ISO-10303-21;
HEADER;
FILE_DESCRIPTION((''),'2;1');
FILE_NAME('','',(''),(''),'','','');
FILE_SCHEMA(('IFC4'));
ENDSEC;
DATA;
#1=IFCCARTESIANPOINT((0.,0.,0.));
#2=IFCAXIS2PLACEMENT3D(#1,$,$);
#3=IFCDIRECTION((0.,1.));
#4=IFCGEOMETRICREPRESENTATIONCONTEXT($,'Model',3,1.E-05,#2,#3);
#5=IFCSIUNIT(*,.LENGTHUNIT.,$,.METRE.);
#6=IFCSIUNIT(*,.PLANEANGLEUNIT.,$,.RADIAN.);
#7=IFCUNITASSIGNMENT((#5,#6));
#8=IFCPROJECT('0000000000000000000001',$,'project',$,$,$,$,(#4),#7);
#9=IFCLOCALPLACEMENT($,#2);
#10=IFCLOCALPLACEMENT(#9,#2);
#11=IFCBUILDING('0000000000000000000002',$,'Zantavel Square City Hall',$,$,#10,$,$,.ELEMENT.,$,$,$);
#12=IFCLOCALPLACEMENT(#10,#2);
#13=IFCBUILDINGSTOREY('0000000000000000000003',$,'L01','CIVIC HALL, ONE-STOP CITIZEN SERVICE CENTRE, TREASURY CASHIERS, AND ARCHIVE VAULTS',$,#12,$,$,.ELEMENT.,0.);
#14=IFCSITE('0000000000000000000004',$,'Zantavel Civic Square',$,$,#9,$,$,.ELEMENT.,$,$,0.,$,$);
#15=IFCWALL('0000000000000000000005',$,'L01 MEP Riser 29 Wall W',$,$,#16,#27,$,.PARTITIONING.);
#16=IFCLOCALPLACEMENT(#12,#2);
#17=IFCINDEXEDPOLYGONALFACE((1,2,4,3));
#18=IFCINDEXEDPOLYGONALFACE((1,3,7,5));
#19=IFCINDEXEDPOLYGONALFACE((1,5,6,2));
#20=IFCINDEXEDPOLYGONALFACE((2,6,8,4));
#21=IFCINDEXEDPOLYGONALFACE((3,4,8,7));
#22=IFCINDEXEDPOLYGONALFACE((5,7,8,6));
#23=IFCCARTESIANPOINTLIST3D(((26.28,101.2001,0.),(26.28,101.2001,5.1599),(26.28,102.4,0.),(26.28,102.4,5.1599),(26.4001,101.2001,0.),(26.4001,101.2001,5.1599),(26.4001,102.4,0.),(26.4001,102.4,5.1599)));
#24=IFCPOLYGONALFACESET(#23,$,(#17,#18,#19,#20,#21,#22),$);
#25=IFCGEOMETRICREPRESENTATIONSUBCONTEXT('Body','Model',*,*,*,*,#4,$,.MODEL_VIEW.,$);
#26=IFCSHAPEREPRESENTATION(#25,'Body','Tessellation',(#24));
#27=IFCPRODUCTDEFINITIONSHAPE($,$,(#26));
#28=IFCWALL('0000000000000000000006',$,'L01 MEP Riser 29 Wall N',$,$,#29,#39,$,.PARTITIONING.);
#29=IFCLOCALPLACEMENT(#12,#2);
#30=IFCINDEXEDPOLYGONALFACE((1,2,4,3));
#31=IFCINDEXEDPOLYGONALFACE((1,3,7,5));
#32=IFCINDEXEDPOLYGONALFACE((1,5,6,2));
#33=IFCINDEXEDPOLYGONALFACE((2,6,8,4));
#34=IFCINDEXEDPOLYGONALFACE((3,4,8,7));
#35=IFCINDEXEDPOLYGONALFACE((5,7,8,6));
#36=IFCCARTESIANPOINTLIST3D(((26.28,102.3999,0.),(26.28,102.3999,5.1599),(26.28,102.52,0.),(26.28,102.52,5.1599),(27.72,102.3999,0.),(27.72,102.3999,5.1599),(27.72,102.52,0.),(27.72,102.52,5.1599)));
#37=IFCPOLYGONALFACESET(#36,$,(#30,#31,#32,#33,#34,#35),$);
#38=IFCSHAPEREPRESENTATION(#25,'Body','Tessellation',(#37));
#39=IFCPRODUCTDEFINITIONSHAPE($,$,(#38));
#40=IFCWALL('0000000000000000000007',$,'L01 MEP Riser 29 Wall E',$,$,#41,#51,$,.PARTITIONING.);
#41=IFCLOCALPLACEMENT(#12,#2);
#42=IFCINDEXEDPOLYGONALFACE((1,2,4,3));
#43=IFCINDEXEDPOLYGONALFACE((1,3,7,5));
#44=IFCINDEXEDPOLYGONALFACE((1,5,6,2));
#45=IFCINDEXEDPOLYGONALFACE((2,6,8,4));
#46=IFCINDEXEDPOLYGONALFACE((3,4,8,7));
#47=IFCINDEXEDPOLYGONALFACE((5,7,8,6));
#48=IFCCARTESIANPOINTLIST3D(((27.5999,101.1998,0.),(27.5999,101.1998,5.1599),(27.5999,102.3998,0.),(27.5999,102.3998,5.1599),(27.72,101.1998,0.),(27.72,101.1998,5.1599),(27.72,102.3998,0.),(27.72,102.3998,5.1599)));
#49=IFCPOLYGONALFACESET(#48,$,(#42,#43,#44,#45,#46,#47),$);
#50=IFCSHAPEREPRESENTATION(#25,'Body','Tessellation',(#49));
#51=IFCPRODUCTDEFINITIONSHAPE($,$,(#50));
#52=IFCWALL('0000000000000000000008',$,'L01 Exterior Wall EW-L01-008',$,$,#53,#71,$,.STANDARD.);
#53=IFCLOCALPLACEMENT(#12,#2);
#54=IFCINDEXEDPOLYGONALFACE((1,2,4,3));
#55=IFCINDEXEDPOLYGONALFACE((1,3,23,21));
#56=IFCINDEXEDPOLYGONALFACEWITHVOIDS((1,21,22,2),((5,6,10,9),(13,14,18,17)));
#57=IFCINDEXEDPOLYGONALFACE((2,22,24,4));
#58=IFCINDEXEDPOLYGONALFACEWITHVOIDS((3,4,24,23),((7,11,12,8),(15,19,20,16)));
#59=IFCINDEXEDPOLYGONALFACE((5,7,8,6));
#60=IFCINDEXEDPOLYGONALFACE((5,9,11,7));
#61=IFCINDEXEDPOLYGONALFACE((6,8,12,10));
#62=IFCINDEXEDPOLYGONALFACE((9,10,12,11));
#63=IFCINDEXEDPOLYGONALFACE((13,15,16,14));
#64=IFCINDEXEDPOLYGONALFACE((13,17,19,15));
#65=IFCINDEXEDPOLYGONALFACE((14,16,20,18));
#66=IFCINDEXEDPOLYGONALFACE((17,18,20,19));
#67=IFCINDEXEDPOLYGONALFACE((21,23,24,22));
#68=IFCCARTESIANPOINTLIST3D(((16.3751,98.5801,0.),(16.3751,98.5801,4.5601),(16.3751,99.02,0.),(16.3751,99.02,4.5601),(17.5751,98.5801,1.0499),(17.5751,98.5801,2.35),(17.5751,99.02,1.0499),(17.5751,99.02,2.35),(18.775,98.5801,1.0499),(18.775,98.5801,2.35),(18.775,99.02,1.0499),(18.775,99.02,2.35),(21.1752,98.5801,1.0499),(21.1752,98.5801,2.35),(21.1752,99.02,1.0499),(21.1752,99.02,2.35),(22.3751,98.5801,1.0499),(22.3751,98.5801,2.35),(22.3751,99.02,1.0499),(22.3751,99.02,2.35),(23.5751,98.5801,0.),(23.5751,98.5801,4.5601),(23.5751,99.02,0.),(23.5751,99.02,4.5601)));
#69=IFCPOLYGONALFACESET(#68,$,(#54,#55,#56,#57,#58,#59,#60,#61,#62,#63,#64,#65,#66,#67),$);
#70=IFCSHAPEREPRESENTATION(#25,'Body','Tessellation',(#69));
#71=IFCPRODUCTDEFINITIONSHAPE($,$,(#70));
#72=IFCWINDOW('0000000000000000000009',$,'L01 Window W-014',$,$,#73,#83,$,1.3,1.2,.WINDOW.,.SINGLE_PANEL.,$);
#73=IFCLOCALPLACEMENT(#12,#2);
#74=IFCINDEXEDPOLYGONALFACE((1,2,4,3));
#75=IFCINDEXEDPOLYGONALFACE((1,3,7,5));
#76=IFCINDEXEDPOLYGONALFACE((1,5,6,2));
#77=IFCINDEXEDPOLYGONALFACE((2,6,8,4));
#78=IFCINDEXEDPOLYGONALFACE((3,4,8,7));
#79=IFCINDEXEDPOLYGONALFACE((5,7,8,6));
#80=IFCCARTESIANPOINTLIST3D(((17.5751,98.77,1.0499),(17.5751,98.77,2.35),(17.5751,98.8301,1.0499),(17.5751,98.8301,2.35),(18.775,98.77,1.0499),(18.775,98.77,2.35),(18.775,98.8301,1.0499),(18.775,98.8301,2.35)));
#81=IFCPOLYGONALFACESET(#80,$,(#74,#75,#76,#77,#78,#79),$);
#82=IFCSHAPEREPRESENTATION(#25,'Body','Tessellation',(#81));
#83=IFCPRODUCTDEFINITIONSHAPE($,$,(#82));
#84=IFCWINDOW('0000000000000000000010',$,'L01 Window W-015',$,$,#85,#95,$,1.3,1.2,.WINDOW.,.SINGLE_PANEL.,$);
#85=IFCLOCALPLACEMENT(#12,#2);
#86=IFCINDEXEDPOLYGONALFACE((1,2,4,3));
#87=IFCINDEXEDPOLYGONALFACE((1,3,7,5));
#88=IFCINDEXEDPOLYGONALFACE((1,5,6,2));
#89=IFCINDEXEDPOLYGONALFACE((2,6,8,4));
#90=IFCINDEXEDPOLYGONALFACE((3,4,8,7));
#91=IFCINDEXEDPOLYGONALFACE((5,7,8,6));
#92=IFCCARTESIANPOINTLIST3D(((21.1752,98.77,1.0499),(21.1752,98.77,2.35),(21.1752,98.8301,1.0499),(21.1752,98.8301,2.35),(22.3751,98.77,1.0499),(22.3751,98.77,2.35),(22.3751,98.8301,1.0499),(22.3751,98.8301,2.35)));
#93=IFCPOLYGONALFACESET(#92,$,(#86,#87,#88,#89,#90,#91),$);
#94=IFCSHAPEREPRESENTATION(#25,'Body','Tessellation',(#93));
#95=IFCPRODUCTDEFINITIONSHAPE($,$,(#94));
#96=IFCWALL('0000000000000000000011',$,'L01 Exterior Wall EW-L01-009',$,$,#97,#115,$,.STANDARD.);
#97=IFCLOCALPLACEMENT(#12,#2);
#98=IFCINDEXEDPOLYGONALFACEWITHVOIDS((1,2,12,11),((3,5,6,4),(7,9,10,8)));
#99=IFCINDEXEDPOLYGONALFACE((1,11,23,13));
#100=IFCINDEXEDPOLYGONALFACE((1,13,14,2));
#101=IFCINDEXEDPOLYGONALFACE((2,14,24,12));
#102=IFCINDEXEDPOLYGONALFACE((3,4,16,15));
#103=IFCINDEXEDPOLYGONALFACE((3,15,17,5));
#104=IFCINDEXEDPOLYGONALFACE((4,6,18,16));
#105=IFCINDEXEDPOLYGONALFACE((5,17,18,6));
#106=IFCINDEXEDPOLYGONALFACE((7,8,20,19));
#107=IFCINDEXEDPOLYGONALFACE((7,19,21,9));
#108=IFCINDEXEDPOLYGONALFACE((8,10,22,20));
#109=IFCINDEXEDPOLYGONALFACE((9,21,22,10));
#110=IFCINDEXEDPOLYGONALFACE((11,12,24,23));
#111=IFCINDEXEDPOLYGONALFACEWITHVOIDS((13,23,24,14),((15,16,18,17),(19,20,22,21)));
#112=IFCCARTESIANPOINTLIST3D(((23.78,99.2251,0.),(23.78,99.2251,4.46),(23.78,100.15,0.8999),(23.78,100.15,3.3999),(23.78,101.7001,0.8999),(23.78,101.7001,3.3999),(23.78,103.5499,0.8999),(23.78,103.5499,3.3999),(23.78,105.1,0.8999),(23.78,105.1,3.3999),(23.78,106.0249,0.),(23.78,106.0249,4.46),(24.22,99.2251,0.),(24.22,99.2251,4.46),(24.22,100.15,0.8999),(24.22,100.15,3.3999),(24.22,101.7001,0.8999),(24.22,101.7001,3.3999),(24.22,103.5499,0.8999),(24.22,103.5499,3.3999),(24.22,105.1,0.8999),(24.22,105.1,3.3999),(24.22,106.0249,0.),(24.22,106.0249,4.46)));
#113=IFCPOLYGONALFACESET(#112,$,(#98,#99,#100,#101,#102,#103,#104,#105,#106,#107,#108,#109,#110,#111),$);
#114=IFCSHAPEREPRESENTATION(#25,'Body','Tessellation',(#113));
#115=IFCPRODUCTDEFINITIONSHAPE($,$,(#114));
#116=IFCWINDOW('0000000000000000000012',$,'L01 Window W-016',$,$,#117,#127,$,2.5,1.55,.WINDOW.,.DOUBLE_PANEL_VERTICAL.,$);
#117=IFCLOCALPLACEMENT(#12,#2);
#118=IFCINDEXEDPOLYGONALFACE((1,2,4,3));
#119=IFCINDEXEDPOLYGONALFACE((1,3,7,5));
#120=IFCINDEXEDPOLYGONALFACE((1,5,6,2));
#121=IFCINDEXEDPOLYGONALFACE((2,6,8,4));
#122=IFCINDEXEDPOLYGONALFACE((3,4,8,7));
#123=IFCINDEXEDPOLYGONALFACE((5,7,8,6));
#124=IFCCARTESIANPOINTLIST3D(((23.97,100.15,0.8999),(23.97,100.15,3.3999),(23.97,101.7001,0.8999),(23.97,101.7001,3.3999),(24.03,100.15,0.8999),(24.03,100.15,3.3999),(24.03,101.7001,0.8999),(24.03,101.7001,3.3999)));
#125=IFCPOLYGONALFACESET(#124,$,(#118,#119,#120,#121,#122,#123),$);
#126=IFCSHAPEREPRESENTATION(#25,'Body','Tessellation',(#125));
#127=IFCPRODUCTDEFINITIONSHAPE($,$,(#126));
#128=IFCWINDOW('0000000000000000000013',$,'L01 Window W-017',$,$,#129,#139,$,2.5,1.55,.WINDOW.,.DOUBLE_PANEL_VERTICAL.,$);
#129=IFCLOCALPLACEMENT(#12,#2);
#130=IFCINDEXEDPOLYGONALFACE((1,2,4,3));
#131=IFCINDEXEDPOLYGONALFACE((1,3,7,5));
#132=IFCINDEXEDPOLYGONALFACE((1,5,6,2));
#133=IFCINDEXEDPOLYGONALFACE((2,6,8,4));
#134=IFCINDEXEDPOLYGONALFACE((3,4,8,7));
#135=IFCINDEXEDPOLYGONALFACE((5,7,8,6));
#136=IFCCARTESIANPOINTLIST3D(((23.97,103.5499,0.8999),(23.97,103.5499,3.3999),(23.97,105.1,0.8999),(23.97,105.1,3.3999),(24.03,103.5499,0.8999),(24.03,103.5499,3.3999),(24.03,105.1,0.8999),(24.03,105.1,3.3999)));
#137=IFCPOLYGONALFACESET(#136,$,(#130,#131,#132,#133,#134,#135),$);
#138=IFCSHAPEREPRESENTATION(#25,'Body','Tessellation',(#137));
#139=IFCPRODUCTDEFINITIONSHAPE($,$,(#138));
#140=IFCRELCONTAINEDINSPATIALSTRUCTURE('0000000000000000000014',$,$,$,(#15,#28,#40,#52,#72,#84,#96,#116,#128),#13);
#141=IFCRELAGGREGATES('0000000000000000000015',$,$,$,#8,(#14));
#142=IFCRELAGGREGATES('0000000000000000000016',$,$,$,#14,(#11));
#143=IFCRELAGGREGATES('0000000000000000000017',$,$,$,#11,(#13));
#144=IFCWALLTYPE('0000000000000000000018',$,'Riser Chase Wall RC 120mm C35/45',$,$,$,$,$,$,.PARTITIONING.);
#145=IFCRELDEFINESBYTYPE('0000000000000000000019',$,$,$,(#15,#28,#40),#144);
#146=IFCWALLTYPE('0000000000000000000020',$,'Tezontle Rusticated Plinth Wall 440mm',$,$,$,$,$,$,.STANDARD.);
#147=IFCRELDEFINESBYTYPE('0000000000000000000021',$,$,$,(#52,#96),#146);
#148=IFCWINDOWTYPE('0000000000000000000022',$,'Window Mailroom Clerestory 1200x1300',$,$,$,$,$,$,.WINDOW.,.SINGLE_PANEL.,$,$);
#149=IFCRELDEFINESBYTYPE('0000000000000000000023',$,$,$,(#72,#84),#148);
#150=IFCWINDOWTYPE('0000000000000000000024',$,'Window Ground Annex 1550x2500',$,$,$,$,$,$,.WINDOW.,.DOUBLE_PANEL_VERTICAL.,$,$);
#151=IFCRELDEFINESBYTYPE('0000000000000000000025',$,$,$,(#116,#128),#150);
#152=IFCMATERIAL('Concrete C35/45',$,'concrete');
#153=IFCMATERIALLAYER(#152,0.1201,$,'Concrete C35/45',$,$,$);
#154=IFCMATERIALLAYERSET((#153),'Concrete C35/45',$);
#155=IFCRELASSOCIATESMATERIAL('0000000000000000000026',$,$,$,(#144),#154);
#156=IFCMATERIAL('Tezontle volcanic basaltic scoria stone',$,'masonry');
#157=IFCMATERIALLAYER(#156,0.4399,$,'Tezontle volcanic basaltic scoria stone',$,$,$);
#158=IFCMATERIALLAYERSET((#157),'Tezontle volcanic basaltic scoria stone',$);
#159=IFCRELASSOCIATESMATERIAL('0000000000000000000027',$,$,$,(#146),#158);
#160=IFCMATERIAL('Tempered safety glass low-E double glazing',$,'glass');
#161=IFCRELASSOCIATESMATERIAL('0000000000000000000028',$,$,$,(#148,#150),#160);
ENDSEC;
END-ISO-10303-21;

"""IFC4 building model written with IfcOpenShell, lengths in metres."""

from ifc_helpers import new_model, si_unit, direction, frame, frame_2d, origin, place, context, subcontext, project, spatial, rectangle, extrude, material, layer, layer_set, type_object, element, fill, save


model = new_model("IFC4")

# Units and contexts
model_context = context("Model", 3, precision=1e-05, world=origin(), true_north=direction((0.0, 1.0)))
body_context = subcontext(model_context, "Body", "Model", "MODEL_VIEW")
ifc_project = project(units=[si_unit("LENGTHUNIT", "METRE"), si_unit("PLANEANGLEUNIT", "RADIAN")], contexts=[model_context])

# Site, building, storey
site_placement = place(None, origin())
site = spatial("IfcSite", under=ifc_project, at=site_placement, Name="Zantavel Civic Square", CompositionType="ELEMENT", RefElevation=0.0)
building_placement = place(site_placement, origin())
building = spatial("IfcBuilding", under=site, at=building_placement, Name="Zantavel Square City Hall", CompositionType="ELEMENT")
storey_placement = place(building_placement, origin())
storey = spatial("IfcBuildingStorey", under=building, at=storey_placement, Name="L01", Description="CIVIC HALL, ONE-STOP CITIZEN SERVICE CENTRE, TREASURY CASHIERS, AND ARCHIVE VAULTS", CompositionType="ELEMENT", Elevation=0.0)

# Shared definitions
ifc_material_1 = material(Name="Concrete C35/45", Category="concrete")

# Walls
ifc_layer_1 = layer(ifc_material_1, 0.1201, Name="Concrete C35/45")
ifc_layer_set_1 = layer_set([ifc_layer_1], Name="Concrete C35/45")
wall_type_1 = type_object("IfcWallType", Name="Riser Chase Wall RC 120mm C35/45", PredefinedType="PARTITIONING", material=ifc_layer_set_1)
wall_1_placement = place(storey_placement, frame((26.3401, 101.2, 0.0), z_axis=(0.0, 0.0, 1.0), x_axis=(0.0, 1.0, 0.0)))
element("IfcWall", 1, at=wall_1_placement, inside=storey, type_object=wall_type_1, Name="L01 MEP Riser 29 Wall W", PredefinedType="PARTITIONING", context=body_context, shape_type="SweptSolid", body=[
    extrude(rectangle(XDim=1.2, YDim=0.1201, at=frame_2d((0.6001, 0.0))), origin(), (0.0, 0.0, 1.0), 5.1599),
])
wall_2_placement = place(storey_placement, frame((26.28, 102.46, 0.0), z_axis=(0.0, 0.0, 1.0), x_axis=(1.0, 0.0, 0.0)))
element("IfcWall", 2, at=wall_2_placement, inside=storey, type_object=wall_type_1, Name="L01 MEP Riser 29 Wall N", PredefinedType="PARTITIONING", context=body_context, shape_type="SweptSolid", body=[
    extrude(rectangle(XDim=1.4399, YDim=0.1201, at=frame_2d((0.72, 0.0))), origin(), (0.0, 0.0, 1.0), 5.1599),
])
wall_3_placement = place(storey_placement, frame((27.6599, 102.3999, 0.0), z_axis=(0.0, 0.0, 1.0), x_axis=(0.0, -1.0, 0.0)))
element("IfcWall", 3, at=wall_3_placement, inside=storey, type_object=wall_type_1, Name="L01 MEP Riser 29 Wall E", PredefinedType="PARTITIONING", context=body_context, shape_type="SweptSolid", body=[
    extrude(rectangle(XDim=1.2, YDim=0.1201, at=frame_2d((0.6001, 0.0))), origin(), (0.0, 0.0, 1.0), 5.1599),
])

# Walls, openings, windows
ifc_material_2 = material(Name="Tezontle volcanic basaltic scoria stone", Category="masonry")
ifc_layer_2 = layer(ifc_material_2, 0.4399, Name="Tezontle volcanic basaltic scoria stone")
ifc_layer_set_2 = layer_set([ifc_layer_2], Name="Tezontle volcanic basaltic scoria stone")
wall_type_2 = type_object("IfcWallType", Name="Tezontle Rusticated Plinth Wall 440mm", PredefinedType="STANDARD", material=ifc_layer_set_2)
wall_4_placement = place(storey_placement, frame((16.375, 98.8, 0.0), z_axis=(0.0, 0.0, 1.0), x_axis=(1.0, 0.0, 0.0)))
wall_4 = element("IfcWall", 4, at=wall_4_placement, inside=storey, type_object=wall_type_2, Name="L01 Exterior Wall EW-L01-008", PredefinedType="STANDARD", context=body_context, shape_type="SweptSolid", body=[
    extrude(rectangle(XDim=7.2, YDim=0.4399, at=frame_2d((3.6001, 0.0))), origin(), (0.0, 0.0, 1.0), 4.5601),
])
opening_1_placement = place(wall_4_placement, frame((1.2, 0.0, 1.05)))
opening_1 = element("IfcOpeningElement", 5, at=opening_1_placement, cuts=wall_4, PredefinedType="OPENING", context=body_context, shape_type="SweptSolid", body=[
    extrude(rectangle(XDim=1.2, YDim=1.3, at=frame_2d((0.6001, 0.6499))), frame((0.0, 0.23, 0.0), z_axis=(0.0, -1.0, 0.0), x_axis=(1.0, 0.0, 0.0)), (0.0, 0.0, 1.0), 0.46),
])
opening_2_placement = place(wall_4_placement, frame((4.8, 0.0, 1.05)))
opening_2 = element("IfcOpeningElement", 6, at=opening_2_placement, cuts=wall_4, PredefinedType="OPENING", context=body_context, shape_type="SweptSolid", body=[
    extrude(rectangle(XDim=1.2, YDim=1.3, at=frame_2d((0.6001, 0.6499))), frame((0.0, 0.23, 0.0), z_axis=(0.0, -1.0, 0.0), x_axis=(1.0, 0.0, 0.0)), (0.0, 0.0, 1.0), 0.46),
])
ifc_material_3 = material(Name="Tempered safety glass low-E double glazing", Category="glass")
window_type_1 = type_object("IfcWindowType", Name="Window Mailroom Clerestory 1200x1300", PartitioningType="SINGLE_PANEL", PredefinedType="WINDOW", material=ifc_material_3)
window_1_placement = place(opening_1_placement, origin())
window_1 = element("IfcWindow", 7, at=window_1_placement, inside=storey, type_object=window_type_1, Name="L01 Window W-014", OverallHeight=1.3, OverallWidth=1.2, PartitioningType="SINGLE_PANEL", PredefinedType="WINDOW", context=body_context, shape_type="SweptSolid", body=[
    extrude(rectangle(XDim=1.2, YDim=1.3, at=frame_2d((0.6001, 0.6499))), frame((0.0, 0.03, 0.0), z_axis=(0.0, -1.0, 0.0), x_axis=(1.0, 0.0, 0.0)), (0.0, 0.0, 1.0), 0.0601),
])
fill(opening_1, window_1)
window_2_placement = place(opening_2_placement, origin())
window_2 = element("IfcWindow", 8, at=window_2_placement, inside=storey, type_object=window_type_1, Name="L01 Window W-015", OverallHeight=1.3, OverallWidth=1.2, PartitioningType="SINGLE_PANEL", PredefinedType="WINDOW", context=body_context, shape_type="SweptSolid", body=[
    extrude(rectangle(XDim=1.2, YDim=1.3, at=frame_2d((0.6001, 0.6499))), frame((0.0, 0.03, 0.0), z_axis=(0.0, -1.0, 0.0), x_axis=(1.0, 0.0, 0.0)), (0.0, 0.0, 1.0), 0.0601),
])
fill(opening_2, window_2)
wall_5_placement = place(storey_placement, frame((24.0, 99.2251, 0.0), z_axis=(0.0, 0.0, 1.0), x_axis=(0.0, 1.0, 0.0)))
wall_5 = element("IfcWall", 9, at=wall_5_placement, inside=storey, type_object=wall_type_2, Name="L01 Exterior Wall EW-L01-009", PredefinedType="STANDARD", context=body_context, shape_type="SweptSolid", body=[
    extrude(rectangle(XDim=6.7998, YDim=0.4399, at=frame_2d((3.3999, 0.0))), origin(), (0.0, 0.0, 1.0), 4.46),
])
opening_3_placement = place(wall_5_placement, frame((0.925, 0.0, 0.8999)))
opening_3 = element("IfcOpeningElement", 10, at=opening_3_placement, cuts=wall_5, PredefinedType="OPENING", context=body_context, shape_type="SweptSolid", body=[
    extrude(rectangle(XDim=1.55, YDim=2.5, at=frame_2d((0.7749, 1.25))), frame((0.0, 0.23, 0.0), z_axis=(0.0, -1.0, 0.0), x_axis=(1.0, 0.0, 0.0)), (0.0, 0.0, 1.0), 0.46),
])
opening_4_placement = place(wall_5_placement, frame((4.325, 0.0, 0.8999)))
opening_4 = element("IfcOpeningElement", 11, at=opening_4_placement, cuts=wall_5, PredefinedType="OPENING", context=body_context, shape_type="SweptSolid", body=[
    extrude(rectangle(XDim=1.55, YDim=2.5, at=frame_2d((0.7749, 1.25))), frame((0.0, 0.23, 0.0), z_axis=(0.0, -1.0, 0.0), x_axis=(1.0, 0.0, 0.0)), (0.0, 0.0, 1.0), 0.46),
])
window_type_2 = type_object("IfcWindowType", Name="Window Ground Annex 1550x2500", PartitioningType="DOUBLE_PANEL_VERTICAL", PredefinedType="WINDOW", material=ifc_material_3)
window_3_placement = place(opening_3_placement, origin())
window_3 = element("IfcWindow", 12, at=window_3_placement, inside=storey, type_object=window_type_2, Name="L01 Window W-016", OverallHeight=2.5, OverallWidth=1.55, PartitioningType="DOUBLE_PANEL_VERTICAL", PredefinedType="WINDOW", context=body_context, shape_type="SweptSolid", body=[
    extrude(rectangle(XDim=1.55, YDim=2.5, at=frame_2d((0.7749, 1.25))), frame((0.0, 0.03, 0.0), z_axis=(0.0, -1.0, 0.0), x_axis=(1.0, 0.0, 0.0)), (0.0, 0.0, 1.0), 0.0601),
])
fill(opening_3, window_3)
window_4_placement = place(opening_4_placement, origin())
window_4 = element("IfcWindow", 13, at=window_4_placement, inside=storey, type_object=window_type_2, Name="L01 Window W-017", OverallHeight=2.5, OverallWidth=1.55, PartitioningType="DOUBLE_PANEL_VERTICAL", PredefinedType="WINDOW", context=body_context, shape_type="SweptSolid", body=[
    extrude(rectangle(XDim=1.55, YDim=2.5, at=frame_2d((0.7749, 1.25))), frame((0.0, 0.03, 0.0), z_axis=(0.0, -1.0, 0.0), x_axis=(1.0, 0.0, 0.0)), (0.0, 0.0, 1.0), 0.0601),
])
fill(opening_4, window_4)

save(model, "model.ifc")
